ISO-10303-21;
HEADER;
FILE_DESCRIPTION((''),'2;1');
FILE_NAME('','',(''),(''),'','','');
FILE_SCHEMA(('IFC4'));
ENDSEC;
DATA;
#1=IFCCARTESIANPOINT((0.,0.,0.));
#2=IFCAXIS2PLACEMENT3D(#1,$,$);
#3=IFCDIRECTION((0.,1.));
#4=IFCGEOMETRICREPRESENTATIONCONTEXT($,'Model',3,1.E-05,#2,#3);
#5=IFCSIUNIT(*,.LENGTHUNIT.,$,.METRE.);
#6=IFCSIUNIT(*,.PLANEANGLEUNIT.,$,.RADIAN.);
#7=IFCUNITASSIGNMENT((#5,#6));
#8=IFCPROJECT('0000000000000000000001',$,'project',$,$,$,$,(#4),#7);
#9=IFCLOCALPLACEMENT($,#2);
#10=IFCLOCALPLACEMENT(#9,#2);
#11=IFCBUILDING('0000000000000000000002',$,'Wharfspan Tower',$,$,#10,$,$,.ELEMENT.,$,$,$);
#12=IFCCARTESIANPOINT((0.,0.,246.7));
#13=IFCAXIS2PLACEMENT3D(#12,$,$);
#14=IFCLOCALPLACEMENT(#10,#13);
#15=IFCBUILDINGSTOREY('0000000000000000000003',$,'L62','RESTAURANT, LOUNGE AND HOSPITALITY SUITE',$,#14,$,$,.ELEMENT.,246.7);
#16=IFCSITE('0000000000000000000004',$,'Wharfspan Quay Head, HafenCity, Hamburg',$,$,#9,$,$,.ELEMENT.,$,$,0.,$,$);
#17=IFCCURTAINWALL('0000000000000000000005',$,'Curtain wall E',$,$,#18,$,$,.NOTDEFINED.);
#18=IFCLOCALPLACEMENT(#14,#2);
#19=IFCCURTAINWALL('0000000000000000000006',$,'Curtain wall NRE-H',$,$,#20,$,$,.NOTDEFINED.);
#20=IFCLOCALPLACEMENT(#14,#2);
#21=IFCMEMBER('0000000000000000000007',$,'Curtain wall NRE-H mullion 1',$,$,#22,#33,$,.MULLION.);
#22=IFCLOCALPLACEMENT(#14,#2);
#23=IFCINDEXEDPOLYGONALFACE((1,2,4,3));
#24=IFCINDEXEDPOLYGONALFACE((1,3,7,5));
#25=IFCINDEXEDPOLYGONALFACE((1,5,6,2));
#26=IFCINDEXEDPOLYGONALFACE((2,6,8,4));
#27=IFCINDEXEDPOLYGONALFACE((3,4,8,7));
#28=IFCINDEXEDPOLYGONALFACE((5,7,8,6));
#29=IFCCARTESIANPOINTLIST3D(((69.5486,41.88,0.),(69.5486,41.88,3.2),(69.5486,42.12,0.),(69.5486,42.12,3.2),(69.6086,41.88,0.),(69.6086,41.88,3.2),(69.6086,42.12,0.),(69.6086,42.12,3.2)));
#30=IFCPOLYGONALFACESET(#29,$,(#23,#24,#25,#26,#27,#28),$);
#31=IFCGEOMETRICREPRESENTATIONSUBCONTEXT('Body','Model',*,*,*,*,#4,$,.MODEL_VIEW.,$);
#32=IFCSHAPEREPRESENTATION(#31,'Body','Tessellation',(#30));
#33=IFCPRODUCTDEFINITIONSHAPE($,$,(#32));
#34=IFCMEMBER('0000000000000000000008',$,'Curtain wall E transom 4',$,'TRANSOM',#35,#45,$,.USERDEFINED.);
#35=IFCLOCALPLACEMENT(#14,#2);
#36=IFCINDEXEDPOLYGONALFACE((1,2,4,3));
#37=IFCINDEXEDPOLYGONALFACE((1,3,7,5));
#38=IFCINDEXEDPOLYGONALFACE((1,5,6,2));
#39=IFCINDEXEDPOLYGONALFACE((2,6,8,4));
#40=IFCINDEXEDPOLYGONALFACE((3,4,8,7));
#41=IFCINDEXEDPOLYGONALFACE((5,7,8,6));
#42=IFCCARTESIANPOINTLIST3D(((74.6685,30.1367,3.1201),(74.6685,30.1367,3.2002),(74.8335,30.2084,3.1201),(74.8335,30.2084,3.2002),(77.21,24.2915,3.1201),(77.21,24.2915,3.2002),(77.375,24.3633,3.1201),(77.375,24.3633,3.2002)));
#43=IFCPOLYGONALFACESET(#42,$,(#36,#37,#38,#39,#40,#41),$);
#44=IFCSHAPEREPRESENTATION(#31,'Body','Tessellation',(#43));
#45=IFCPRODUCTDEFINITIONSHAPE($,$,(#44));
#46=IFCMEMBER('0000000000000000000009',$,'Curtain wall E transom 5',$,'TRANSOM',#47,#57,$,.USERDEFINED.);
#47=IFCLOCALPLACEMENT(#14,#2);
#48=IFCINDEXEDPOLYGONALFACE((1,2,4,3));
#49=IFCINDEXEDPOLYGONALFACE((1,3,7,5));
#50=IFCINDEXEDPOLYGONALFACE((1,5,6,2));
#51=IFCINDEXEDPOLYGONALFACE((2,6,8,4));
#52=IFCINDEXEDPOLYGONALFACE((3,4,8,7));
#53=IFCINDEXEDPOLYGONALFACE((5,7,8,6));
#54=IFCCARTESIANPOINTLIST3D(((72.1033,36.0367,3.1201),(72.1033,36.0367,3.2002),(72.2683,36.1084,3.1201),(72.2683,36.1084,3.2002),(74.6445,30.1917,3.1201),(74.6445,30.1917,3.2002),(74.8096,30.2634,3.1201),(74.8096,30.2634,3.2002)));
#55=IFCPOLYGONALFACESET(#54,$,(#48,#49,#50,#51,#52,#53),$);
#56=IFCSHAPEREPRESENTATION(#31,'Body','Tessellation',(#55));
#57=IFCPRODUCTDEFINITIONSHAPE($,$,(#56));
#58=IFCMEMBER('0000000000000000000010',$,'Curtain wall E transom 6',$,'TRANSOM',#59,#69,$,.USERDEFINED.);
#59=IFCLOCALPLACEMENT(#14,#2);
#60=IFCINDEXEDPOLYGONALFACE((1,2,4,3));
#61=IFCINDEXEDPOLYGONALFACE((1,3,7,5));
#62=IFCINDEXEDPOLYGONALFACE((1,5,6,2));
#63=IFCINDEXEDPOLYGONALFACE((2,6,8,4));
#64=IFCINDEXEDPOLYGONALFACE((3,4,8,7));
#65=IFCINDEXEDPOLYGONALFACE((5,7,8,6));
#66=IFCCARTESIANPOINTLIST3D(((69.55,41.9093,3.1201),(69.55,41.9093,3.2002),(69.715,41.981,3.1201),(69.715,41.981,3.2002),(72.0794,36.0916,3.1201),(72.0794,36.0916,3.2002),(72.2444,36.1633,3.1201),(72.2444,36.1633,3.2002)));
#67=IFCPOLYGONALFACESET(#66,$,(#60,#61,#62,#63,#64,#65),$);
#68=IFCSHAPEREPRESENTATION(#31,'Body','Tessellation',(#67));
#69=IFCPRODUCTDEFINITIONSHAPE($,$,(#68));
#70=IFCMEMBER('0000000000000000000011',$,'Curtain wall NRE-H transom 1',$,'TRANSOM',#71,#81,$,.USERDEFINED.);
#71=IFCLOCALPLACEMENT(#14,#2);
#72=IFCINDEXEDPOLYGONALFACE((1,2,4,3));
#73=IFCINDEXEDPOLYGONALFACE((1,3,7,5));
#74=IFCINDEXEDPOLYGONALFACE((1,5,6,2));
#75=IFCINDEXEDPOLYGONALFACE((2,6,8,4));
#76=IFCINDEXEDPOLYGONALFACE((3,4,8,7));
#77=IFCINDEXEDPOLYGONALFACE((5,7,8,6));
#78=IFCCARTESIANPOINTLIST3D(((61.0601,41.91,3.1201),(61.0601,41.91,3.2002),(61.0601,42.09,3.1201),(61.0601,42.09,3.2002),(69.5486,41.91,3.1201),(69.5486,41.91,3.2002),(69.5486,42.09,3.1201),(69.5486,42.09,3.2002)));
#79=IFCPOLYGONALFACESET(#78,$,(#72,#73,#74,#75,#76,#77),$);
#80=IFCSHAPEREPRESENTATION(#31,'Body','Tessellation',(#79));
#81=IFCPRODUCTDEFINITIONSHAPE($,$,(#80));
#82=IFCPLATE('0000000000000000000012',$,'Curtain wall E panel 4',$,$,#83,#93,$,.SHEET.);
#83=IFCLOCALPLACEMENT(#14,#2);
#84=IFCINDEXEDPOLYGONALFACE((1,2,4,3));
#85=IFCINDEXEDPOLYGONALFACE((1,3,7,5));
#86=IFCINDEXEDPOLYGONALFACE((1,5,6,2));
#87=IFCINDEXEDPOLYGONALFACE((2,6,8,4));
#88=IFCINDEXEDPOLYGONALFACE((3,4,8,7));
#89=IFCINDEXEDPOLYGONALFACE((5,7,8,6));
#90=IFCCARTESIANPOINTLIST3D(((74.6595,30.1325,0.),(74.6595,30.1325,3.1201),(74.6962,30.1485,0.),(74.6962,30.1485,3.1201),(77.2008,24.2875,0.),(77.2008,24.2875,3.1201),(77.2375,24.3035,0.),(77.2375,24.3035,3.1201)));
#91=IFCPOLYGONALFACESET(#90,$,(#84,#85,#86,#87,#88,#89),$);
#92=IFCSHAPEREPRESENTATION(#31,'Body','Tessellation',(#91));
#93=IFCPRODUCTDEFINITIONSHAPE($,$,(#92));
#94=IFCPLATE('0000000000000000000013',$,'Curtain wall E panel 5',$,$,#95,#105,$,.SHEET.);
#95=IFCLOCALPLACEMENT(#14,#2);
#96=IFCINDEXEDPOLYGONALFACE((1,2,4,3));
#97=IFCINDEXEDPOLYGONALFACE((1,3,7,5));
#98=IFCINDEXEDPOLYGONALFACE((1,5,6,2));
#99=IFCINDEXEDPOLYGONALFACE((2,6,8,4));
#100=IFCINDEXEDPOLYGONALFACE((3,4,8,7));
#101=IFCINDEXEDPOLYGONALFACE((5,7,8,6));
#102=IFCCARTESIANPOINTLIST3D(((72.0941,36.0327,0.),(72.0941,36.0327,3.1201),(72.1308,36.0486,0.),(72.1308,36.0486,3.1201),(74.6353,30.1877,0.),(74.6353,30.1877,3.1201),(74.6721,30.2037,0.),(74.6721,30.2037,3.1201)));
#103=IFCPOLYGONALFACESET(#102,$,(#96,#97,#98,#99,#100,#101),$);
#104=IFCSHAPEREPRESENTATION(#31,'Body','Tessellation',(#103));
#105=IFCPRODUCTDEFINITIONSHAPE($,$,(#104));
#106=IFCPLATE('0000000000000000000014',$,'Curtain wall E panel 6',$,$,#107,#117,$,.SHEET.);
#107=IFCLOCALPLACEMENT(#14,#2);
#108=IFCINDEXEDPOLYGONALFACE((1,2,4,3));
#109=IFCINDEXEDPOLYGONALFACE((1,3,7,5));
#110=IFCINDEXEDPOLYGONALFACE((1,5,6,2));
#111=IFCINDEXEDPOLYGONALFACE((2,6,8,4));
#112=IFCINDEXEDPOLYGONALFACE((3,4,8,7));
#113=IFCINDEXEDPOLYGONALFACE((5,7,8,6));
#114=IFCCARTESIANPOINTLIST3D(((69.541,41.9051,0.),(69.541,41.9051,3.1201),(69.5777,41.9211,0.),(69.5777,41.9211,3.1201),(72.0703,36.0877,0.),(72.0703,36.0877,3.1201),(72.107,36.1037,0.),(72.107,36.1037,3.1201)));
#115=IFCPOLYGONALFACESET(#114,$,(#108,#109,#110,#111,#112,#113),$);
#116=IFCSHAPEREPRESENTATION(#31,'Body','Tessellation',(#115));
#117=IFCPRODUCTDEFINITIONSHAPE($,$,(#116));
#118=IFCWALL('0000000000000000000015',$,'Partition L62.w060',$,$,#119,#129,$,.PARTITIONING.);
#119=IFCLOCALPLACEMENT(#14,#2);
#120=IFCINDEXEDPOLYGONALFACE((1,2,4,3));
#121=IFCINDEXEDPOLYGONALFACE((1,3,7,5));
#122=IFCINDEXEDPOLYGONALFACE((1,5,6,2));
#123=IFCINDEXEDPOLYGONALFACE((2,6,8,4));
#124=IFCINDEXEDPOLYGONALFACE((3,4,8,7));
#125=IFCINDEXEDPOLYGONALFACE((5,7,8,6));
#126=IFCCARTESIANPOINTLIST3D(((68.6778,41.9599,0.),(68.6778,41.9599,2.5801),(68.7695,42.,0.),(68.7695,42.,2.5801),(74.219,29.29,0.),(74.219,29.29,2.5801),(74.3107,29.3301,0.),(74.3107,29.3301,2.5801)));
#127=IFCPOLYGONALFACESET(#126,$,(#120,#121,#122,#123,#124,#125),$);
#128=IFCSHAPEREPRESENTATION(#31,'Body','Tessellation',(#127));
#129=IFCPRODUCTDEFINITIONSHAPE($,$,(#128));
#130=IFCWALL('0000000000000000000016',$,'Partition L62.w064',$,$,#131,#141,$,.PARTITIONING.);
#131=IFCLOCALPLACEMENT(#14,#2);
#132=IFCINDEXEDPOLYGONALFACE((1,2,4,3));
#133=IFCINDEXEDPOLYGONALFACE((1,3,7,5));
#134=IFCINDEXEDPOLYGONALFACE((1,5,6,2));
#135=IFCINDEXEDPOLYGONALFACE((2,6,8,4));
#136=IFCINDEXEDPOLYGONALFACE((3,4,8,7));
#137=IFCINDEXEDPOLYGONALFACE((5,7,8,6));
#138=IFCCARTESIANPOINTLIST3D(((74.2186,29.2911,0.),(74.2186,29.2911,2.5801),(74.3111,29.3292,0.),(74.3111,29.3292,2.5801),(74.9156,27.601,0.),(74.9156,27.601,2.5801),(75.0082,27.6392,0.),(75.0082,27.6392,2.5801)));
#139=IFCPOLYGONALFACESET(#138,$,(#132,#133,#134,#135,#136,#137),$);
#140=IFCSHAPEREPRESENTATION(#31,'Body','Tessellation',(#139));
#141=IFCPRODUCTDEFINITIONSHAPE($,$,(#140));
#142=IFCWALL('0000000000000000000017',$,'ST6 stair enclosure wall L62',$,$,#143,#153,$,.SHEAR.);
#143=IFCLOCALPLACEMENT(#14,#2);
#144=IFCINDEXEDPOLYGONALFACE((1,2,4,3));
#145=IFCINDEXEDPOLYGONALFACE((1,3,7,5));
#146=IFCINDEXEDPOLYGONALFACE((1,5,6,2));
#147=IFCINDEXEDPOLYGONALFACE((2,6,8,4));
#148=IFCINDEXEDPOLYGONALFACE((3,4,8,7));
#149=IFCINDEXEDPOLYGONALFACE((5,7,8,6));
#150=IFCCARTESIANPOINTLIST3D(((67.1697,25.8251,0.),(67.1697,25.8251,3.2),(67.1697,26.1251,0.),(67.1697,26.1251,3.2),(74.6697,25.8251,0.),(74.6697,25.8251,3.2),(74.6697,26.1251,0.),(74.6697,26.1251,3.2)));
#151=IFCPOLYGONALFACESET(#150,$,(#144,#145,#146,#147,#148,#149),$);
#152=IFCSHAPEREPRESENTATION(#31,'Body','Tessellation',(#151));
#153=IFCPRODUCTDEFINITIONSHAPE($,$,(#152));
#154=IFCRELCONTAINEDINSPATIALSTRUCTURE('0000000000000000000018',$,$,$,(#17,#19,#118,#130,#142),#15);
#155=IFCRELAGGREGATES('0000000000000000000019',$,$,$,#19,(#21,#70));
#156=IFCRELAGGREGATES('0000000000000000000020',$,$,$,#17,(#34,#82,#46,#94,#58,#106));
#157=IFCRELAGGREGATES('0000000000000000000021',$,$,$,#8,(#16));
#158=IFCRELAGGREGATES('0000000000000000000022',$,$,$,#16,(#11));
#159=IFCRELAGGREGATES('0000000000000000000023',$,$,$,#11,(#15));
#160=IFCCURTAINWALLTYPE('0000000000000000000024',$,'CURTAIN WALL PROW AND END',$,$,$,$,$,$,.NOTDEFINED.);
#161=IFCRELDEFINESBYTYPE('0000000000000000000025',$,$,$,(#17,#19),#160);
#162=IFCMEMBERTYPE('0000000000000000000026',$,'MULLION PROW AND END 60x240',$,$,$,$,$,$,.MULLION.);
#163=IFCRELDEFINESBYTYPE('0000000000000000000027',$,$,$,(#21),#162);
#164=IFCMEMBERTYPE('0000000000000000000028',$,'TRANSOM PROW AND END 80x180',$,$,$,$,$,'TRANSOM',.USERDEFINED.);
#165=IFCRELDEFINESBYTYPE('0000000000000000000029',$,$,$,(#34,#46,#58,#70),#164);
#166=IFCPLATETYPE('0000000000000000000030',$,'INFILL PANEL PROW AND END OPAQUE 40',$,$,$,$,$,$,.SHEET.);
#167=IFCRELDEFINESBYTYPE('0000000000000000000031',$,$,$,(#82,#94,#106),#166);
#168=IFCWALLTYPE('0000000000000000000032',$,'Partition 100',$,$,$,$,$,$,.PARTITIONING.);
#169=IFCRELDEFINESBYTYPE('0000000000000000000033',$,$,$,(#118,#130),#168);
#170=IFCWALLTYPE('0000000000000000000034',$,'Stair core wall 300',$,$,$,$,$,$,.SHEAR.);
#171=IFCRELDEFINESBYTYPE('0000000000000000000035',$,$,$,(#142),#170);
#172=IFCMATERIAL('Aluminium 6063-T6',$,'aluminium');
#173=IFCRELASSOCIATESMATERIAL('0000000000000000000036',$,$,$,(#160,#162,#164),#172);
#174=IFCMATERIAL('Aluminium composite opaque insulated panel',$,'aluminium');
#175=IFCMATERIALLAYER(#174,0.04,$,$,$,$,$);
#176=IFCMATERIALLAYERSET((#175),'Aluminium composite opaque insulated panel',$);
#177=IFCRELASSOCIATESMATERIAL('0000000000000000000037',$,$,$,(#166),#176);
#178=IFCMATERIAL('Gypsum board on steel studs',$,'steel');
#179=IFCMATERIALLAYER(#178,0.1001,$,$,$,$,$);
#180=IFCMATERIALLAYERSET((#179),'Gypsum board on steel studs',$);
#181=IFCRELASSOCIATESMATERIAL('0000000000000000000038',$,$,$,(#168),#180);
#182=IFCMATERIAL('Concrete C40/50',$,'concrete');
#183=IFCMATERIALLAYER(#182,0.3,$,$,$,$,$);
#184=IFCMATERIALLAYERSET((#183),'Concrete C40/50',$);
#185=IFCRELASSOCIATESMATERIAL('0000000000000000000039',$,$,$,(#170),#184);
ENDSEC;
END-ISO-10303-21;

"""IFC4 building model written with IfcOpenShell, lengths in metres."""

from ifc_helpers import new_model, si_unit, direction, frame, frame_2d, origin, origin_2d, place, context, subcontext, project, spatial, rectangle, extrude, material, layer, layer_set, material_profile, profile_set, type_object, element, aggregate, save


model = new_model("IFC4")

# Units and contexts
model_context = context("Model", 3, precision=1e-05, world=origin(), true_north=direction((0.0, 1.0)))
body_context = subcontext(model_context, "Body", "Model", "MODEL_VIEW")
ifc_project = project(units=[si_unit("LENGTHUNIT", "METRE"), si_unit("PLANEANGLEUNIT", "RADIAN")], contexts=[model_context])

# Site, building, storey
site_placement = place(None, origin())
site = spatial("IfcSite", under=ifc_project, at=site_placement, Name="Wharfspan Quay Head, HafenCity, Hamburg", CompositionType="ELEMENT", RefElevation=0.0)
building_placement = place(site_placement, origin())
building = spatial("IfcBuilding", under=site, at=building_placement, Name="Wharfspan Tower", CompositionType="ELEMENT")
storey_placement = place(building_placement, frame((0.0, 0.0, 246.7)))
storey = spatial("IfcBuildingStorey", under=building, at=storey_placement, Name="L62", Description="RESTAURANT, LOUNGE AND HOSPITALITY SUITE", CompositionType="ELEMENT", Elevation=246.7)

# Curtain wall
ifc_material_1 = material(Name="Aluminium 6063-T6", Category="aluminium")
curtain_wall_type = type_object("IfcCurtainWallType", Name="CURTAIN WALL PROW AND END", PredefinedType="NOTDEFINED", material=ifc_material_1)
curtain_wall_1_placement = place(storey_placement, origin())
curtain_wall_1 = element("IfcCurtainWall", 1, at=curtain_wall_1_placement, inside=storey, type_object=curtain_wall_type, Name="Curtain wall E", PredefinedType="NOTDEFINED")
ifc_material_profile_1 = material_profile(ifc_material_1, rectangle(XDim=0.24, YDim=0.0601, at=origin_2d()))
ifc_profile_set_1 = profile_set([ifc_material_profile_1], Name="Aluminium 6063-T6")
member_type_1 = type_object("IfcMemberType", Name="MULLION PROW AND END 60x240", PredefinedType="MULLION", material=ifc_profile_set_1)

# Curtain wall, member
curtain_wall_2_placement = place(storey_placement, origin())
curtain_wall_2 = element("IfcCurtainWall", 2, at=curtain_wall_2_placement, inside=storey, type_object=curtain_wall_type, Name="Curtain wall NRE-H", PredefinedType="NOTDEFINED")
member_1_placement = place(storey_placement, frame((69.5786, 42.0, 0.0), z_axis=(0.0, 0.0, 1.0), x_axis=(0.0, -1.0, 0.0)))
member_1 = element("IfcMember", 3, at=member_1_placement, type_object=member_type_1, Name="Curtain wall NRE-H mullion 1", PredefinedType="MULLION", context=body_context, shape_type="SweptSolid", body=[
    extrude(rectangle(XDim=0.24, YDim=0.0601, at=origin_2d()), origin(), (0.0, 0.0, 1.0), 3.2),
])

# Members
ifc_material_profile_2 = material_profile(ifc_material_1, rectangle(XDim=0.1799, YDim=0.0801, at=origin_2d()))
ifc_profile_set_2 = profile_set([ifc_material_profile_2], Name="Aluminium 6063-T6")
member_type_2 = type_object("IfcMemberType", Name="TRANSOM PROW AND END 80x180", ElementType="TRANSOM", PredefinedType="USERDEFINED", material=ifc_profile_set_2)
member_2_placement = place(storey_placement, frame((77.2925, 24.3274, 3.1602), z_axis=(-0.39874, 0.917064, 0.0), x_axis=(-0.917064, -0.39874, 0.0)))
member_2 = element("IfcMember", 4, at=member_2_placement, type_object=member_type_2, Name="Curtain wall E transom 4", ObjectType="TRANSOM", PredefinedType="USERDEFINED", context=body_context, shape_type="SweptSolid", body=[
    extrude(rectangle(XDim=0.1799, YDim=0.0801, at=origin_2d()), origin(), (0.0, 0.0, 1.0), 6.3738),
])
member_3_placement = place(storey_placement, frame((74.7271, 30.2275, 3.1602), z_axis=(-0.398722, 0.917072, 0.0), x_axis=(-0.917072, -0.398722, 0.0)))
member_3 = element("IfcMember", 5, at=member_3_placement, type_object=member_type_2, Name="Curtain wall E transom 5", ObjectType="TRANSOM", PredefinedType="USERDEFINED", context=body_context, shape_type="SweptSolid", body=[
    extrude(rectangle(XDim=0.1799, YDim=0.0801, at=origin_2d()), origin(), (0.0, 0.0, 1.0), 6.3735),
])
member_4_placement = place(storey_placement, frame((72.1619, 36.1274, 3.1602), z_axis=(-0.398712, 0.917076, 0.0), x_axis=(-0.917076, -0.398712, 0.0)))
member_4 = element("IfcMember", 6, at=member_4_placement, type_object=member_type_2, Name="Curtain wall E transom 6", ObjectType="TRANSOM", PredefinedType="USERDEFINED", context=body_context, shape_type="SweptSolid", body=[
    extrude(rectangle(XDim=0.1799, YDim=0.0801, at=origin_2d()), origin(), (0.0, 0.0, 1.0), 6.3438),
])
member_5_placement = place(storey_placement, frame((69.5486, 42.0, 3.1602), z_axis=(-1.0, 0.0, 0.0), x_axis=(0.0, -1.0, 0.0)))
member_5 = element("IfcMember", 7, at=member_5_placement, type_object=member_type_2, Name="Curtain wall NRE-H transom 1", ObjectType="TRANSOM", PredefinedType="USERDEFINED", context=body_context, shape_type="SweptSolid", body=[
    extrude(rectangle(XDim=0.1799, YDim=0.0801, at=origin_2d()), origin(), (0.0, 0.0, 1.0), 8.4885),
])
aggregate(curtain_wall_2, [member_1, member_5])

# Plates
ifc_material_2 = material(Name="Aluminium composite opaque insulated panel", Category="aluminium")
ifc_layer_1 = layer(ifc_material_2, 0.04)
ifc_layer_set_1 = layer_set([ifc_layer_1], Name="Aluminium composite opaque insulated panel")
plate_type = type_object("IfcPlateType", Name="INFILL PANEL PROW AND END OPAQUE 40", PredefinedType="SHEET", material=ifc_layer_set_1)
plate_1_placement = place(storey_placement, frame((75.9485, 27.218, 0.0), z_axis=(0.0, 0.0, 1.0), x_axis=(-0.398727, 0.917072, 0.0)))
plate_1 = element("IfcPlate", 8, at=plate_1_placement, type_object=plate_type, Name="Curtain wall E panel 4", PredefinedType="SHEET", context=body_context, shape_type="SweptSolid", body=[
    extrude(rectangle(XDim=6.3735, YDim=0.04, at=origin_2d()), origin(), (0.0, 0.0, 1.0), 3.1201),
])
plate_2_placement = place(storey_placement, frame((73.3831, 33.1182, 0.0), z_axis=(0.0, 0.0, 1.0), x_axis=(-0.398727, 0.917072, 0.0)))
plate_2 = element("IfcPlate", 9, at=plate_2_placement, type_object=plate_type, Name="Curtain wall E panel 5", PredefinedType="SHEET", context=body_context, shape_type="SweptSolid", body=[
    extrude(rectangle(XDim=6.3735, YDim=0.04, at=origin_2d()), origin(), (0.0, 0.0, 1.0), 3.1201),
])
plate_3_placement = place(storey_placement, frame((70.824, 39.0044, 0.0), z_axis=(0.0, 0.0, 1.0), x_axis=(-0.398727, 0.917072, 0.0)))
plate_3 = element("IfcPlate", 10, at=plate_3_placement, type_object=plate_type, Name="Curtain wall E panel 6", PredefinedType="SHEET", context=body_context, shape_type="SweptSolid", body=[
    extrude(rectangle(XDim=6.3435, YDim=0.04, at=origin_2d()), origin(), (0.0, 0.0, 1.0), 3.1201),
])
aggregate(curtain_wall_1, [member_2, plate_1, member_3, plate_2, member_4, plate_3])

# Walls
ifc_material_3 = material(Name="Gypsum board on steel studs", Category="steel")
ifc_layer_2 = layer(ifc_material_3, 0.1001)
ifc_layer_set_2 = layer_set([ifc_layer_2], Name="Gypsum board on steel studs")
wall_type_1 = type_object("IfcWallType", Name="Partition 100", PredefinedType="PARTITIONING", material=ifc_layer_set_2)
wall_1_placement = place(storey_placement, frame((74.2649, 29.3101, 0.0), z_axis=(0.0, 0.0, 1.0), x_axis=(-0.400709, 0.916209, 0.0)))
element("IfcWall", 11, at=wall_1_placement, inside=storey, type_object=wall_type_1, Name="Partition L62.w060", PredefinedType="PARTITIONING", context=body_context, shape_type="SweptSolid", body=[
    extrude(rectangle(XDim=13.8286, YDim=0.1001, at=frame_2d((6.9143, 0.0))), origin(), (0.0, 0.0, 1.0), 2.5801),
])
wall_2_placement = place(storey_placement, frame((74.9619, 27.6201, 0.0), z_axis=(0.0, 0.0, 1.0), x_axis=(-0.381293, 0.924452, 0.0)))
element("IfcWall", 12, at=wall_2_placement, inside=storey, type_object=wall_type_1, Name="Partition L62.w064", PredefinedType="PARTITIONING", context=body_context, shape_type="SweptSolid", body=[
    extrude(rectangle(XDim=1.8281, YDim=0.1001, at=frame_2d((0.9141, 0.0))), origin(), (0.0, 0.0, 1.0), 2.5801),
])
ifc_material_4 = material(Name="Concrete C40/50", Category="concrete")
ifc_layer_3 = layer(ifc_material_4, 0.3)
ifc_layer_set_3 = layer_set([ifc_layer_3], Name="Concrete C40/50")
wall_type_2 = type_object("IfcWallType", Name="Stair core wall 300", PredefinedType="SHEAR", material=ifc_layer_set_3)
wall_3_placement = place(storey_placement, frame((67.1697, 25.9751, 0.0), z_axis=(0.0, 0.0, 1.0), x_axis=(1.0, 0.0, 0.0)))
element("IfcWall", 13, at=wall_3_placement, inside=storey, type_object=wall_type_2, Name="ST6 stair enclosure wall L62", PredefinedType="SHEAR", context=body_context, shape_type="SweptSolid", body=[
    extrude(rectangle(XDim=7.5, YDim=0.3, at=frame_2d((3.75, 0.0))), origin(), (0.0, 0.0, 1.0), 3.2),
])

save(model, "model.ifc")
